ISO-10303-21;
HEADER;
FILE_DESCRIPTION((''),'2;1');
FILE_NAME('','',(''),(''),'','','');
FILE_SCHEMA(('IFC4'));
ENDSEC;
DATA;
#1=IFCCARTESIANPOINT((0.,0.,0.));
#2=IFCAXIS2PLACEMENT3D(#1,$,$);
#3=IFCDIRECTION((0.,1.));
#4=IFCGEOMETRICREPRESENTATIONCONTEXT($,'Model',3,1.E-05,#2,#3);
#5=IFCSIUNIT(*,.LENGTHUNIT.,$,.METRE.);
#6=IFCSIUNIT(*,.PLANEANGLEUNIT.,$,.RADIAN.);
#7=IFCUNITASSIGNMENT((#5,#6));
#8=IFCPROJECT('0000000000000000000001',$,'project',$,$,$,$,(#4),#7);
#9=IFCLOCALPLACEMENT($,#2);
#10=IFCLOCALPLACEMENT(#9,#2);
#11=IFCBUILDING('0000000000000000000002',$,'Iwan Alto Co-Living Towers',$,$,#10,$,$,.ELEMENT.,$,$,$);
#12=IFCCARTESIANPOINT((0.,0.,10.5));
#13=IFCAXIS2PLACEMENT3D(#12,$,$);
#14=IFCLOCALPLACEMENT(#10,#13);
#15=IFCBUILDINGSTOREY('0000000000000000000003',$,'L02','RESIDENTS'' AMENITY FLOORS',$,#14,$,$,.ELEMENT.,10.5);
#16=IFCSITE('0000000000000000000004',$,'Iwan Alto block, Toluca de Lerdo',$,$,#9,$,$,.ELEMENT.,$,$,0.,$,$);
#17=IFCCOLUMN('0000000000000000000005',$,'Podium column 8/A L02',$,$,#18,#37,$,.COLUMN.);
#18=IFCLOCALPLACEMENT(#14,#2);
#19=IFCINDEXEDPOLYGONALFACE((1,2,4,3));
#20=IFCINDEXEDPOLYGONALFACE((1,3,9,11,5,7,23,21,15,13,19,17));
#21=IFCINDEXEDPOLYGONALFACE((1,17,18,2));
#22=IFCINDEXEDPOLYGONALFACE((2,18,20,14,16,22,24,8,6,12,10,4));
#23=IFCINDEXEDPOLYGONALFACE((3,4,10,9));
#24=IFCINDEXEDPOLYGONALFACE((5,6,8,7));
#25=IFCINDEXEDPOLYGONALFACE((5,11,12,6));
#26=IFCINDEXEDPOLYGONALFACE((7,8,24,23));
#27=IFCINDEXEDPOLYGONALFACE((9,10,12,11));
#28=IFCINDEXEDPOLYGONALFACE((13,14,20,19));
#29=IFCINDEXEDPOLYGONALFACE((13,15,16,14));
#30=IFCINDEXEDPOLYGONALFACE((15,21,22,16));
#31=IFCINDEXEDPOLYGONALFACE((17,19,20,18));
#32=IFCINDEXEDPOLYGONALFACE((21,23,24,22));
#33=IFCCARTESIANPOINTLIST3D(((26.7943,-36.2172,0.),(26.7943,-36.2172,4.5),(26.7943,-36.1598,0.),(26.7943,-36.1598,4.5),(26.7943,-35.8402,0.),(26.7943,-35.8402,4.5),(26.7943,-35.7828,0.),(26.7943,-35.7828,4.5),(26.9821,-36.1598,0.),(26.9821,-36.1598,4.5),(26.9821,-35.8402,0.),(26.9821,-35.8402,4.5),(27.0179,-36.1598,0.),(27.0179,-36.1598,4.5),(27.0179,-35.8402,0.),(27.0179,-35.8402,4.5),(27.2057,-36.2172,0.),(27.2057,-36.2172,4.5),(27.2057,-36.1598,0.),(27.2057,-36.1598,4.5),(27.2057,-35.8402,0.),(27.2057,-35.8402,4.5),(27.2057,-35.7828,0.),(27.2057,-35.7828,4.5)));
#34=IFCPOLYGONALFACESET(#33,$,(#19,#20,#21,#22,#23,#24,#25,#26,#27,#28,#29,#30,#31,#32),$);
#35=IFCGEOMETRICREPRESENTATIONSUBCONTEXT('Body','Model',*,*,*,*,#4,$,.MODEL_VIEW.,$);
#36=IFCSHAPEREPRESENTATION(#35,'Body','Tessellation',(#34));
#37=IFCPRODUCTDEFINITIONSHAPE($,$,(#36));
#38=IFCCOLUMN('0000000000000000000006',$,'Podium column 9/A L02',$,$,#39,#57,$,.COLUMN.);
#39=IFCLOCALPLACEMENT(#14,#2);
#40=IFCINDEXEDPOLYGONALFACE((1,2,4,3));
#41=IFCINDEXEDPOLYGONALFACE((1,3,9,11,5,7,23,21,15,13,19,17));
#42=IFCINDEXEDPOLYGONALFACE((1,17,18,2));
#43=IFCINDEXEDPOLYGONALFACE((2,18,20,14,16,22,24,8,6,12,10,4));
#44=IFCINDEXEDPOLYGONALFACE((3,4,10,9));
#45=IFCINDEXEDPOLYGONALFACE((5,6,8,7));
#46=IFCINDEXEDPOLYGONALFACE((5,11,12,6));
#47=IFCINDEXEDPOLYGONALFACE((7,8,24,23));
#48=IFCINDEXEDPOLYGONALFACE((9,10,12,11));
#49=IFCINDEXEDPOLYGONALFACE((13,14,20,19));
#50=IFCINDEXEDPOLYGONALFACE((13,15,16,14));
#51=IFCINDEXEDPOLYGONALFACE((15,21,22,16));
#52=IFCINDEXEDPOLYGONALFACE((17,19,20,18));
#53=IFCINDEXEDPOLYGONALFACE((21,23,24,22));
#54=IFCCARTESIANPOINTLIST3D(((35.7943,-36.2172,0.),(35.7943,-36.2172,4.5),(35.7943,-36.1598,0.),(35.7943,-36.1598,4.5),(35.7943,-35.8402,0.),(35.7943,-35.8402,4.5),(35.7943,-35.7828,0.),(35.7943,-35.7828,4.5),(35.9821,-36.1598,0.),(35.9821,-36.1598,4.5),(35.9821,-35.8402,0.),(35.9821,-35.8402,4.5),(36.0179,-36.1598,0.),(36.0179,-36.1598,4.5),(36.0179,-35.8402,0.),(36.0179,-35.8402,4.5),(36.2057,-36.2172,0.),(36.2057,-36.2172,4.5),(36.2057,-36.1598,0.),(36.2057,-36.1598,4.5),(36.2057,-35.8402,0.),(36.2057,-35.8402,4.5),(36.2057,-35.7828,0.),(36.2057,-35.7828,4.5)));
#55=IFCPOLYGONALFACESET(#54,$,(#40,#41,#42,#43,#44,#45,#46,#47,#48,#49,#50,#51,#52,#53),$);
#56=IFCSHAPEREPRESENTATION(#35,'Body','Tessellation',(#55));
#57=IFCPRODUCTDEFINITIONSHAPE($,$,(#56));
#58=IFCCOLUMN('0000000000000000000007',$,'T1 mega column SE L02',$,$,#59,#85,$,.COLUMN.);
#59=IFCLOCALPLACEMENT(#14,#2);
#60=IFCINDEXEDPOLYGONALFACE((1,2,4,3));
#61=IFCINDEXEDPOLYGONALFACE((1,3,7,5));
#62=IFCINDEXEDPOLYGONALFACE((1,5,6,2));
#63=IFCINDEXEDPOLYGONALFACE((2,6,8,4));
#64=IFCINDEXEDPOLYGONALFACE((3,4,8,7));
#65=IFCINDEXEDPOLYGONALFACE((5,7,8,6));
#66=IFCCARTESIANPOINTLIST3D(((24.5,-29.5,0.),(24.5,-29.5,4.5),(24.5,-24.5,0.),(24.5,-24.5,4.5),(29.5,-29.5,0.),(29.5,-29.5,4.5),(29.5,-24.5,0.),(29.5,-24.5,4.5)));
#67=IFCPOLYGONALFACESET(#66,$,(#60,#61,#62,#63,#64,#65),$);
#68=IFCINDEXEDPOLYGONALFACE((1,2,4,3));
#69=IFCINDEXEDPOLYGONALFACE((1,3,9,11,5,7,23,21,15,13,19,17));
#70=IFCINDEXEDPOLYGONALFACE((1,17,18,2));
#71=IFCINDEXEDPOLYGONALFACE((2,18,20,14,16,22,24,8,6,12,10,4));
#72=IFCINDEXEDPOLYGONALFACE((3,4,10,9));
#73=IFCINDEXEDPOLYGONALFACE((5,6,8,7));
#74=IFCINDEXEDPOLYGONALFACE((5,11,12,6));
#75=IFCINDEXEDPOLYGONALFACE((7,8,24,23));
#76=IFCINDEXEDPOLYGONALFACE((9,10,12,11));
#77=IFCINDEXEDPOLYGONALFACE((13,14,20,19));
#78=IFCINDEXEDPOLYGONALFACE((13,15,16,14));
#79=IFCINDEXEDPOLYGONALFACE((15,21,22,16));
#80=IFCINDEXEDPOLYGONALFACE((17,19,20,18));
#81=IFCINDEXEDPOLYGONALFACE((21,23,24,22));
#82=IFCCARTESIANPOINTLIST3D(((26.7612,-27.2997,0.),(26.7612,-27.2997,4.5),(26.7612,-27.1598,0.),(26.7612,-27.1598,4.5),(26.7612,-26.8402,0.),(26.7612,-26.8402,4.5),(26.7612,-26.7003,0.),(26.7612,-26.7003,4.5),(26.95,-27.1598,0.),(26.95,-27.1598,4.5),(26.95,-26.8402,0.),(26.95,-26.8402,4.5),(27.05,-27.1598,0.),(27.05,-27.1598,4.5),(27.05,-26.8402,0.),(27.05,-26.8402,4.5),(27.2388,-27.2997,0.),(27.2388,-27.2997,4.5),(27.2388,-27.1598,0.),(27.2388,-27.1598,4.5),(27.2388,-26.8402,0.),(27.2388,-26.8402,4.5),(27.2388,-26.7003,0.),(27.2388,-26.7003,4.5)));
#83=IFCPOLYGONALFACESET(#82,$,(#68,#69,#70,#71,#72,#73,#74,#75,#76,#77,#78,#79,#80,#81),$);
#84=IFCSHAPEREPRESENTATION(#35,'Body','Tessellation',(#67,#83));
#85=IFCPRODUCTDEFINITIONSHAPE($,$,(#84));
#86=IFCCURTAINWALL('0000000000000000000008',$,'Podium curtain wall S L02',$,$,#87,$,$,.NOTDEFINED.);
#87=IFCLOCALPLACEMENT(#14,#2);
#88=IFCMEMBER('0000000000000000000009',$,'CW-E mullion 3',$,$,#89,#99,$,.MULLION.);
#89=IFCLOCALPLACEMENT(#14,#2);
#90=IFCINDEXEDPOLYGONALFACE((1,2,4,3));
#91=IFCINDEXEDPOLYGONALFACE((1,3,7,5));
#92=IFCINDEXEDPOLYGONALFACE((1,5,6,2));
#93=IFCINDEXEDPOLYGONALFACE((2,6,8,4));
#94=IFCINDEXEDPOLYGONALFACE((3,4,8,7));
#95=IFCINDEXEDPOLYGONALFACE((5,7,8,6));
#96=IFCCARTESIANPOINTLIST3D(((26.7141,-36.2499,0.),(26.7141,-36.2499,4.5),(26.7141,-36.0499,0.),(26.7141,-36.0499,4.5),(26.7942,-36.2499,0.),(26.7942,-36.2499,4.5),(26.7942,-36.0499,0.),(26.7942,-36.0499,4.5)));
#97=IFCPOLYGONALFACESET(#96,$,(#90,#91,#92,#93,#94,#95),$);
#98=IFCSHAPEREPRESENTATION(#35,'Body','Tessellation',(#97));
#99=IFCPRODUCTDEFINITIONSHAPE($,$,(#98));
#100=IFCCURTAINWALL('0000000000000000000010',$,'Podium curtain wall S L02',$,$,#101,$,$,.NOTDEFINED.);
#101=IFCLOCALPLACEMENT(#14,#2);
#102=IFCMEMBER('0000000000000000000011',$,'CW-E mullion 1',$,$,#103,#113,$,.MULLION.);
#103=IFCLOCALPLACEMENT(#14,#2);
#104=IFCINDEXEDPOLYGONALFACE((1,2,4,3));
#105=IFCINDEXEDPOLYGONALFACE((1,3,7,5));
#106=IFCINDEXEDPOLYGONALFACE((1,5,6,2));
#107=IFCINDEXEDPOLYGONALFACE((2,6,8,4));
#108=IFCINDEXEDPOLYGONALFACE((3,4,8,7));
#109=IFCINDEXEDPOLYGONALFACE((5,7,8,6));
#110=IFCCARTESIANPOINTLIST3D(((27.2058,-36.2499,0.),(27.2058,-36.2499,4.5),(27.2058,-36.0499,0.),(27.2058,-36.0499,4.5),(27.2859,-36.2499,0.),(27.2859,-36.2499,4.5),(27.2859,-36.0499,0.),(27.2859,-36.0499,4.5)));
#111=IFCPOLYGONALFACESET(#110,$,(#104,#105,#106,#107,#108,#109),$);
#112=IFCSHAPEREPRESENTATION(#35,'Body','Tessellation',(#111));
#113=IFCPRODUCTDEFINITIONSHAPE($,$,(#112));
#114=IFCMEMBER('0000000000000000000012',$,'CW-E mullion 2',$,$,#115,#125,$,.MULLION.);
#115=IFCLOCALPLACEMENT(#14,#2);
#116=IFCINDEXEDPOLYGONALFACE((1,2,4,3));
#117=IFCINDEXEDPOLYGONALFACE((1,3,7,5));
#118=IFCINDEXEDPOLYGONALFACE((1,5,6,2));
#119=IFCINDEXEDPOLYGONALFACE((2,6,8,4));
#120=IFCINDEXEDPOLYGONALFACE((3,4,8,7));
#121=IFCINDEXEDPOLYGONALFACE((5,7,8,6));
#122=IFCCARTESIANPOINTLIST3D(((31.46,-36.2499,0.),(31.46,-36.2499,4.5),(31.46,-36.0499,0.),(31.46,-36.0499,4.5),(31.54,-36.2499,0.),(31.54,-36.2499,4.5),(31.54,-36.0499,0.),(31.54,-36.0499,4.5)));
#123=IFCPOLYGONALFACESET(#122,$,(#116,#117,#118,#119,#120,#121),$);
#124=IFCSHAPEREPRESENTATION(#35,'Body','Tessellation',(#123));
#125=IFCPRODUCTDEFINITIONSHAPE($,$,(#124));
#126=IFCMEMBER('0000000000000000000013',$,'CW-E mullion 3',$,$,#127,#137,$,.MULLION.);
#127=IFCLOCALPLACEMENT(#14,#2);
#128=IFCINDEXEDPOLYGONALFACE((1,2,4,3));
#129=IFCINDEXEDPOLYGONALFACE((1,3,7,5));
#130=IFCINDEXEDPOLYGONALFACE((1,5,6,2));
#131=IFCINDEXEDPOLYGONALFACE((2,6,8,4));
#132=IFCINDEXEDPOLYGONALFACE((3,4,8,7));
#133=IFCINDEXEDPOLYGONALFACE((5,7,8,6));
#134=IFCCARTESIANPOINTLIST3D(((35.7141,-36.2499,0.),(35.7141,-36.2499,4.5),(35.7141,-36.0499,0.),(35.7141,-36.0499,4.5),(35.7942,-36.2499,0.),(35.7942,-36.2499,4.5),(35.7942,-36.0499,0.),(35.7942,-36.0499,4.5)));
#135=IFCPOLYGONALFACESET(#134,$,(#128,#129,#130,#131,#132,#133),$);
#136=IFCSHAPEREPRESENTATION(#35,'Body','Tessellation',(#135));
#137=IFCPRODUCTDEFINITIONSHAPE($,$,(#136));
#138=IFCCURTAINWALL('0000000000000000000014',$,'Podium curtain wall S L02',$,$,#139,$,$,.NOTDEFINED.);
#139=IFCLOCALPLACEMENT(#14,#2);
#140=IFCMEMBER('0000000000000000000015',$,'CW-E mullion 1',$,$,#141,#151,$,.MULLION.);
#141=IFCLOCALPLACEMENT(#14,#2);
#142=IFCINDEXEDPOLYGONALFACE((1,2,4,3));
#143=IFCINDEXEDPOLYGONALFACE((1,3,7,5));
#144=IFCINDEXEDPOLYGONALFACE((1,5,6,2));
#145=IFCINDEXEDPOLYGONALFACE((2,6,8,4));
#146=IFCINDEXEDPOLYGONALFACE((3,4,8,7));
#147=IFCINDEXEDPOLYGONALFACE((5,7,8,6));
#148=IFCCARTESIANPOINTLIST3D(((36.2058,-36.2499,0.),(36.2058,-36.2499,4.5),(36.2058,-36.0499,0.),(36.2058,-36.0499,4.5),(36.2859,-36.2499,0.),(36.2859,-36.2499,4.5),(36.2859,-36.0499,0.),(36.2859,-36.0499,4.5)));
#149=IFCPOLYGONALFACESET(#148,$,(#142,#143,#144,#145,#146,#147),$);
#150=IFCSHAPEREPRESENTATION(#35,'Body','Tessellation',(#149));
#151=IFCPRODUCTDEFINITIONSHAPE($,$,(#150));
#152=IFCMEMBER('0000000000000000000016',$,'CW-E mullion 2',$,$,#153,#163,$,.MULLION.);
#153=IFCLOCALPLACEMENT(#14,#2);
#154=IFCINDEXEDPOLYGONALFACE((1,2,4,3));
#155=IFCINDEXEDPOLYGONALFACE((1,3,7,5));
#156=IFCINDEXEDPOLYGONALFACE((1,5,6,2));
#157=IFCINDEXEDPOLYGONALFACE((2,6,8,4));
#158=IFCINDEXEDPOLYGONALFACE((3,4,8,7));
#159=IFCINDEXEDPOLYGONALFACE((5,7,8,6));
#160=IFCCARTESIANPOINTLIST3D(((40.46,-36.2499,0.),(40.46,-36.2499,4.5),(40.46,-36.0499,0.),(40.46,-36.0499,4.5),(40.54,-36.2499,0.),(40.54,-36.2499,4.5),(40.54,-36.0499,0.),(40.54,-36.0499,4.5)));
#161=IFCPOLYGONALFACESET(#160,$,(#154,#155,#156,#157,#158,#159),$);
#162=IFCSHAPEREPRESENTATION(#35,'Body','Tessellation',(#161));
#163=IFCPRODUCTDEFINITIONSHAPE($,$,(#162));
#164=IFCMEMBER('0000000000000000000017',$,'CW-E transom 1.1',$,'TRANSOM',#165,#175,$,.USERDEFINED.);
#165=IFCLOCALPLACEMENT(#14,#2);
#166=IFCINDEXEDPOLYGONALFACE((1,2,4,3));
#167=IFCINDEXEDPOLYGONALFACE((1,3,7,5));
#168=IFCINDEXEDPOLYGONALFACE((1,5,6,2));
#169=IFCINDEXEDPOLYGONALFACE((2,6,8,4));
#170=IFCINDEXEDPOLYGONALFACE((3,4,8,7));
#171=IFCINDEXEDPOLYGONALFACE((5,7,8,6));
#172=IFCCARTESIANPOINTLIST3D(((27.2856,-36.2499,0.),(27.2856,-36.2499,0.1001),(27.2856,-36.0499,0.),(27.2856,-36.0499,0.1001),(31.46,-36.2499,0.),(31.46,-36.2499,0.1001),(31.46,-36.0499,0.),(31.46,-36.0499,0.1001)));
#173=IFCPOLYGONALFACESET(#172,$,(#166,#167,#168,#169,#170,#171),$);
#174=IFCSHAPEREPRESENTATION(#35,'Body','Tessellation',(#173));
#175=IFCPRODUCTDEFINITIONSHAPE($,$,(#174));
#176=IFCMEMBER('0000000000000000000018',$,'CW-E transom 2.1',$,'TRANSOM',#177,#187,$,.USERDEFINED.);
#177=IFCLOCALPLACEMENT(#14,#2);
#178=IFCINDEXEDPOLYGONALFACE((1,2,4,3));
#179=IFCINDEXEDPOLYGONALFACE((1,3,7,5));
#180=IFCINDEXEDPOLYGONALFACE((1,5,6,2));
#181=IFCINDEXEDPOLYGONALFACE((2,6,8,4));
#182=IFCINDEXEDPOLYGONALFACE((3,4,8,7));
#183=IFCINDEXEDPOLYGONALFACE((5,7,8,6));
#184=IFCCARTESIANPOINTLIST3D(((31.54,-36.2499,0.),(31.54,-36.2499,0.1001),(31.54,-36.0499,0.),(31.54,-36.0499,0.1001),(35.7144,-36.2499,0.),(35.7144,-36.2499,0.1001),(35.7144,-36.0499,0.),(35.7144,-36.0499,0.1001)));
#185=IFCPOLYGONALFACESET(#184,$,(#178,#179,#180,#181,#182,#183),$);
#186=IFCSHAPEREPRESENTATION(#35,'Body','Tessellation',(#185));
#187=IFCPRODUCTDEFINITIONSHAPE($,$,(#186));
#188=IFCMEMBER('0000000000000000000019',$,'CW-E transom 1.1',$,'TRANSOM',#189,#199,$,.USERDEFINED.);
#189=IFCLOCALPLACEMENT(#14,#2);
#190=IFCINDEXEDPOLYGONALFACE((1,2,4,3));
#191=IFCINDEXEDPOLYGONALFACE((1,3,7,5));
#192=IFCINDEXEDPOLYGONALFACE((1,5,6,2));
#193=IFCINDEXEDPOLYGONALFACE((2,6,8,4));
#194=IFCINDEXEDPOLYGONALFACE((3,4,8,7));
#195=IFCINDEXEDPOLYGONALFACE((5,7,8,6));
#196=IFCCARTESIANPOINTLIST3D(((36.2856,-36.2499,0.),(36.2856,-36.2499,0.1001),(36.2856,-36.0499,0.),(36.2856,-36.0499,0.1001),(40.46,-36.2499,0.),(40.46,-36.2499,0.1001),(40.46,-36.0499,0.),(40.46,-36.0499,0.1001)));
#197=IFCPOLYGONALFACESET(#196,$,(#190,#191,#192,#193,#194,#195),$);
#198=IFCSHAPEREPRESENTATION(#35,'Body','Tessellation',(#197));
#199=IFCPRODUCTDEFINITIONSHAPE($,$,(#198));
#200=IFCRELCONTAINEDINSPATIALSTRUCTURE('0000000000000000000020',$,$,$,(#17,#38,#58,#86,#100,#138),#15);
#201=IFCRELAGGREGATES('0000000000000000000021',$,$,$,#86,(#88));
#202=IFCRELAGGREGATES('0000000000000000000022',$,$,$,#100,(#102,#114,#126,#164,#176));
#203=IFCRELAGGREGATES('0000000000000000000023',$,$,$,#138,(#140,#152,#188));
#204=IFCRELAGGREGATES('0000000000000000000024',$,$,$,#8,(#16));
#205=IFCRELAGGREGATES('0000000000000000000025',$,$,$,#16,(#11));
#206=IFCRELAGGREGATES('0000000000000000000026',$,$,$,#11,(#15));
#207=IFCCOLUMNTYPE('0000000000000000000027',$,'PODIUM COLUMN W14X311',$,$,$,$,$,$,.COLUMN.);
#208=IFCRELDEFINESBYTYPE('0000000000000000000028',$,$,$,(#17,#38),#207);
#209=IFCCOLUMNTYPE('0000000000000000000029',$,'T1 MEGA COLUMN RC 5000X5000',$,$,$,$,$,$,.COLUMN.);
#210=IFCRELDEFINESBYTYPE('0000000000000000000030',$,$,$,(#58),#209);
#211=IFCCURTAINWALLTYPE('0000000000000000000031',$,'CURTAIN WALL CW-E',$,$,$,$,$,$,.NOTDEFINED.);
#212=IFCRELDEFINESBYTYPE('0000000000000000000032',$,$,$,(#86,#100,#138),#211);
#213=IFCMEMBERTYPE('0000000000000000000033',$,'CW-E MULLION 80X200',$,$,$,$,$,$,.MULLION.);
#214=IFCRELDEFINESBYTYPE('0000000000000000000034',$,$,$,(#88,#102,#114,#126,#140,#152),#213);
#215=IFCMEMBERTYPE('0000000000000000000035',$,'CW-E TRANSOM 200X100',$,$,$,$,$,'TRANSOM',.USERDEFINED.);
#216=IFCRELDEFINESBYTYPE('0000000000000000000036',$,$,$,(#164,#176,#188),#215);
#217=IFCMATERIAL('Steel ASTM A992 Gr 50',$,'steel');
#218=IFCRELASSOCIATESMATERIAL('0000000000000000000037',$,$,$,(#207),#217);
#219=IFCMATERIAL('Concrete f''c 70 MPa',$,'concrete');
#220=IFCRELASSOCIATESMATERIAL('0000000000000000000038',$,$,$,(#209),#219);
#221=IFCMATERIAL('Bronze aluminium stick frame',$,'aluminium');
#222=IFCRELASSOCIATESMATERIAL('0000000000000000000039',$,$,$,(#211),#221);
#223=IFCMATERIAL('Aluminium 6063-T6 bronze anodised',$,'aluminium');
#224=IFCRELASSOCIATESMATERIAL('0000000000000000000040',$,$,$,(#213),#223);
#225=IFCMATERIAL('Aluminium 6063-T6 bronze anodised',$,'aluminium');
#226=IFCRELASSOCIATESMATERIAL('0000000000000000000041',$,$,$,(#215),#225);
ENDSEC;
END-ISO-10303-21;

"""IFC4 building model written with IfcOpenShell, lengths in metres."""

from ifc_helpers import new_model, si_unit, direction, frame, origin, origin_2d, place, context, subcontext, project, spatial, rectangle, i_section, extrude, material, material_profile, profile_set, type_object, element, aggregate, save


model = new_model("IFC4")

# Units and contexts
model_context = context("Model", 3, precision=1e-05, world=origin(), true_north=direction((0.0, 1.0)))
body_context = subcontext(model_context, "Body", "Model", "MODEL_VIEW")
ifc_project = project(units=[si_unit("LENGTHUNIT", "METRE"), si_unit("PLANEANGLEUNIT", "RADIAN")], contexts=[model_context])

# Site, building, storey
site_placement = place(None, origin())
site = spatial("IfcSite", under=ifc_project, at=site_placement, Name="Iwan Alto block, Toluca de Lerdo", CompositionType="ELEMENT", RefElevation=0.0)
building_placement = place(site_placement, origin())
building = spatial("IfcBuilding", under=site, at=building_placement, Name="Iwan Alto Co-Living Towers", CompositionType="ELEMENT")
storey_placement = place(building_placement, frame((0.0, 0.0, 10.5)))
storey = spatial("IfcBuildingStorey", under=building, at=storey_placement, Name="L02", Description="RESIDENTS' AMENITY FLOORS", CompositionType="ELEMENT", Elevation=10.5)

# Columns
ifc_material_1 = material(Name="Steel ASTM A992 Gr 50", Category="steel")
ifc_material_profile_1 = material_profile(ifc_material_1, i_section(OverallWidth=0.4114, OverallDepth=0.4343, WebThickness=0.0359, FlangeThickness=0.0574, at=origin_2d()), Name="W14X311")
ifc_profile_set_1 = profile_set([ifc_material_profile_1], Name="Steel ASTM A992 Gr 50")
column_type_1 = type_object("IfcColumnType", Name="PODIUM COLUMN W14X311", PredefinedType="COLUMN", material=ifc_profile_set_1)
for number, where, z_axis, x_axis, name in (
    (1, (27.0, -36.0, 0.0), (0.0, 0.0, 1.0), (1.0, 0.0, 0.0), "Podium column 8/A L02"),
    (2, (36.0, -36.0, 0.0), (0.0, 0.0, 1.0), (1.0, 0.0, 0.0), "Podium column 9/A L02"),
):
    element("IfcColumn", number, at=place(storey_placement, frame(where, z_axis=z_axis, x_axis=x_axis)), inside=storey, type_object=column_type_1, Name=name, PredefinedType="COLUMN", context=body_context, shape_type="SweptSolid", body=[
        extrude(i_section(OverallWidth=0.4114, OverallDepth=0.4343, WebThickness=0.0359, FlangeThickness=0.0574, at=origin_2d()), origin(), (0.0, 0.0, 1.0), 4.5),
    ])
ifc_material_2 = material(Name="Concrete f'c 70 MPa", Category="concrete")
ifc_material_profile_2 = material_profile(ifc_material_2, rectangle(XDim=5.0, YDim=5.0, at=origin_2d()), Name="RC 5000X5000")
ifc_profile_set_2 = profile_set([ifc_material_profile_2], Name="Concrete f'c 70 MPa")
column_type_2 = type_object("IfcColumnType", Name="T1 MEGA COLUMN RC 5000X5000", PredefinedType="COLUMN", material=ifc_profile_set_2)
column_placement = place(storey_placement, frame((27.0, -27.0, 0.0), z_axis=(0.0, 0.0, 1.0), x_axis=(1.0, 0.0, 0.0)))
element("IfcColumn", 3, at=column_placement, inside=storey, type_object=column_type_2, Name="T1 mega column SE L02", PredefinedType="COLUMN", context=body_context, shape_type="SweptSolid", body=[
    extrude(rectangle(XDim=5.0, YDim=5.0, at=origin_2d()), origin(), (0.0, 0.0, 1.0), 4.5),
    extrude(i_section(OverallWidth=0.4775, OverallDepth=0.5994, WebThickness=0.1001, FlangeThickness=0.1399, at=origin_2d()), origin(), (0.0, 0.0, 1.0), 4.5),
])

# Curtain wall, member
ifc_material_3 = material(Name="Bronze aluminium stick frame", Category="aluminium")
curtain_wall_type = type_object("IfcCurtainWallType", Name="CURTAIN WALL CW-E", PredefinedType="NOTDEFINED", material=ifc_material_3)
curtain_wall_1_placement = place(storey_placement, origin())
curtain_wall_1 = element("IfcCurtainWall", 4, at=curtain_wall_1_placement, inside=storey, type_object=curtain_wall_type, Name="Podium curtain wall S L02", PredefinedType="NOTDEFINED")
ifc_material_4 = material(Name="Aluminium 6063-T6 bronze anodised", Category="aluminium")
ifc_material_profile_3 = material_profile(ifc_material_4, rectangle(XDim=0.2, YDim=0.0801, at=origin_2d()), Name="AL 80X200")
ifc_profile_set_3 = profile_set([ifc_material_profile_3], Name="Aluminium 6063-T6 bronze anodised")
member_type_1 = type_object("IfcMemberType", Name="CW-E MULLION 80X200", PredefinedType="MULLION", material=ifc_profile_set_3)
member_1_placement = place(storey_placement, frame((26.7542, -36.1499, 0.0), z_axis=(0.0, 0.0, 1.0), x_axis=(0.0, 1.0, 0.0)))
member_1 = element("IfcMember", 5, at=member_1_placement, type_object=member_type_1, Name="CW-E mullion 3", PredefinedType="MULLION", context=body_context, shape_type="SweptSolid", body=[
    extrude(rectangle(XDim=0.2, YDim=0.0801, at=origin_2d()), origin(), (0.0, 0.0, 1.0), 4.5),
])

# Curtain walls, members
curtain_wall_2_placement = place(storey_placement, origin())
curtain_wall_2 = element("IfcCurtainWall", 6, at=curtain_wall_2_placement, inside=storey, type_object=curtain_wall_type, Name="Podium curtain wall S L02", PredefinedType="NOTDEFINED")
member_2_placement = place(storey_placement, frame((27.2458, -36.1499, 0.0), z_axis=(0.0, 0.0, 1.0), x_axis=(0.0, 1.0, 0.0)))
member_2 = element("IfcMember", 7, at=member_2_placement, type_object=member_type_1, Name="CW-E mullion 1", PredefinedType="MULLION", context=body_context, shape_type="SweptSolid", body=[
    extrude(rectangle(XDim=0.2, YDim=0.0801, at=origin_2d()), origin(), (0.0, 0.0, 1.0), 4.5),
])
member_3_placement = place(storey_placement, frame((31.5, -36.1499, 0.0), z_axis=(0.0, 0.0, 1.0), x_axis=(0.0, 1.0, 0.0)))
member_3 = element("IfcMember", 8, at=member_3_placement, type_object=member_type_1, Name="CW-E mullion 2", PredefinedType="MULLION", context=body_context, shape_type="SweptSolid", body=[
    extrude(rectangle(XDim=0.2, YDim=0.0801, at=origin_2d()), origin(), (0.0, 0.0, 1.0), 4.5),
])
member_4_placement = place(storey_placement, frame((35.7542, -36.1499, 0.0), z_axis=(0.0, 0.0, 1.0), x_axis=(0.0, 1.0, 0.0)))
member_4 = element("IfcMember", 9, at=member_4_placement, type_object=member_type_1, Name="CW-E mullion 3", PredefinedType="MULLION", context=body_context, shape_type="SweptSolid", body=[
    extrude(rectangle(XDim=0.2, YDim=0.0801, at=origin_2d()), origin(), (0.0, 0.0, 1.0), 4.5),
])
curtain_wall_3_placement = place(storey_placement, origin())
curtain_wall_3 = element("IfcCurtainWall", 10, at=curtain_wall_3_placement, inside=storey, type_object=curtain_wall_type, Name="Podium curtain wall S L02", PredefinedType="NOTDEFINED")
member_5_placement = place(storey_placement, frame((36.2458, -36.1499, 0.0), z_axis=(0.0, 0.0, 1.0), x_axis=(0.0, 1.0, 0.0)))
member_5 = element("IfcMember", 11, at=member_5_placement, type_object=member_type_1, Name="CW-E mullion 1", PredefinedType="MULLION", context=body_context, shape_type="SweptSolid", body=[
    extrude(rectangle(XDim=0.2, YDim=0.0801, at=origin_2d()), origin(), (0.0, 0.0, 1.0), 4.5),
])
member_6_placement = place(storey_placement, frame((40.5, -36.1499, 0.0), z_axis=(0.0, 0.0, 1.0), x_axis=(0.0, 1.0, 0.0)))
member_6 = element("IfcMember", 12, at=member_6_placement, type_object=member_type_1, Name="CW-E mullion 2", PredefinedType="MULLION", context=body_context, shape_type="SweptSolid", body=[
    extrude(rectangle(XDim=0.2, YDim=0.0801, at=origin_2d()), origin(), (0.0, 0.0, 1.0), 4.5),
])

# Members
ifc_material_5 = material(Name="Aluminium 6063-T6 bronze anodised", Category="aluminium")
ifc_material_profile_4 = material_profile(ifc_material_5, rectangle(XDim=0.2, YDim=0.1001, at=origin_2d()), Name="AL 200X100")
ifc_profile_set_4 = profile_set([ifc_material_profile_4], Name="Aluminium 6063-T6 bronze anodised")
member_type_2 = type_object("IfcMemberType", Name="CW-E TRANSOM 200X100", ElementType="TRANSOM", PredefinedType="USERDEFINED", material=ifc_profile_set_4)
member_7_placement = place(storey_placement, frame((27.2856, -36.1499, 0.05), z_axis=(1.0, 0.0, 0.0), x_axis=(0.0, 1.0, 0.0)))
member_7 = element("IfcMember", 13, at=member_7_placement, type_object=member_type_2, Name="CW-E transom 1.1", ObjectType="TRANSOM", PredefinedType="USERDEFINED", context=body_context, shape_type="SweptSolid", body=[
    extrude(rectangle(XDim=0.2, YDim=0.1001, at=origin_2d()), origin(), (0.0, 0.0, 1.0), 4.1743),
])
member_8_placement = place(storey_placement, frame((31.54, -36.1499, 0.05), z_axis=(1.0, 0.0, 0.0), x_axis=(0.0, 1.0, 0.0)))
member_8 = element("IfcMember", 14, at=member_8_placement, type_object=member_type_2, Name="CW-E transom 2.1", ObjectType="TRANSOM", PredefinedType="USERDEFINED", context=body_context, shape_type="SweptSolid", body=[
    extrude(rectangle(XDim=0.2, YDim=0.1001, at=origin_2d()), origin(), (0.0, 0.0, 1.0), 4.1743),
])
member_9_placement = place(storey_placement, frame((36.2856, -36.1499, 0.05), z_axis=(1.0, 0.0, 0.0), x_axis=(0.0, 1.0, 0.0)))
member_9 = element("IfcMember", 15, at=member_9_placement, type_object=member_type_2, Name="CW-E transom 1.1", ObjectType="TRANSOM", PredefinedType="USERDEFINED", context=body_context, shape_type="SweptSolid", body=[
    extrude(rectangle(XDim=0.2, YDim=0.1001, at=origin_2d()), origin(), (0.0, 0.0, 1.0), 4.1743),
])

aggregate(curtain_wall_1, [member_1])
aggregate(curtain_wall_2, [member_2, member_3, member_4, member_7, member_8])
aggregate(curtain_wall_3, [member_5, member_6, member_9])

save(model, "model.ifc")
